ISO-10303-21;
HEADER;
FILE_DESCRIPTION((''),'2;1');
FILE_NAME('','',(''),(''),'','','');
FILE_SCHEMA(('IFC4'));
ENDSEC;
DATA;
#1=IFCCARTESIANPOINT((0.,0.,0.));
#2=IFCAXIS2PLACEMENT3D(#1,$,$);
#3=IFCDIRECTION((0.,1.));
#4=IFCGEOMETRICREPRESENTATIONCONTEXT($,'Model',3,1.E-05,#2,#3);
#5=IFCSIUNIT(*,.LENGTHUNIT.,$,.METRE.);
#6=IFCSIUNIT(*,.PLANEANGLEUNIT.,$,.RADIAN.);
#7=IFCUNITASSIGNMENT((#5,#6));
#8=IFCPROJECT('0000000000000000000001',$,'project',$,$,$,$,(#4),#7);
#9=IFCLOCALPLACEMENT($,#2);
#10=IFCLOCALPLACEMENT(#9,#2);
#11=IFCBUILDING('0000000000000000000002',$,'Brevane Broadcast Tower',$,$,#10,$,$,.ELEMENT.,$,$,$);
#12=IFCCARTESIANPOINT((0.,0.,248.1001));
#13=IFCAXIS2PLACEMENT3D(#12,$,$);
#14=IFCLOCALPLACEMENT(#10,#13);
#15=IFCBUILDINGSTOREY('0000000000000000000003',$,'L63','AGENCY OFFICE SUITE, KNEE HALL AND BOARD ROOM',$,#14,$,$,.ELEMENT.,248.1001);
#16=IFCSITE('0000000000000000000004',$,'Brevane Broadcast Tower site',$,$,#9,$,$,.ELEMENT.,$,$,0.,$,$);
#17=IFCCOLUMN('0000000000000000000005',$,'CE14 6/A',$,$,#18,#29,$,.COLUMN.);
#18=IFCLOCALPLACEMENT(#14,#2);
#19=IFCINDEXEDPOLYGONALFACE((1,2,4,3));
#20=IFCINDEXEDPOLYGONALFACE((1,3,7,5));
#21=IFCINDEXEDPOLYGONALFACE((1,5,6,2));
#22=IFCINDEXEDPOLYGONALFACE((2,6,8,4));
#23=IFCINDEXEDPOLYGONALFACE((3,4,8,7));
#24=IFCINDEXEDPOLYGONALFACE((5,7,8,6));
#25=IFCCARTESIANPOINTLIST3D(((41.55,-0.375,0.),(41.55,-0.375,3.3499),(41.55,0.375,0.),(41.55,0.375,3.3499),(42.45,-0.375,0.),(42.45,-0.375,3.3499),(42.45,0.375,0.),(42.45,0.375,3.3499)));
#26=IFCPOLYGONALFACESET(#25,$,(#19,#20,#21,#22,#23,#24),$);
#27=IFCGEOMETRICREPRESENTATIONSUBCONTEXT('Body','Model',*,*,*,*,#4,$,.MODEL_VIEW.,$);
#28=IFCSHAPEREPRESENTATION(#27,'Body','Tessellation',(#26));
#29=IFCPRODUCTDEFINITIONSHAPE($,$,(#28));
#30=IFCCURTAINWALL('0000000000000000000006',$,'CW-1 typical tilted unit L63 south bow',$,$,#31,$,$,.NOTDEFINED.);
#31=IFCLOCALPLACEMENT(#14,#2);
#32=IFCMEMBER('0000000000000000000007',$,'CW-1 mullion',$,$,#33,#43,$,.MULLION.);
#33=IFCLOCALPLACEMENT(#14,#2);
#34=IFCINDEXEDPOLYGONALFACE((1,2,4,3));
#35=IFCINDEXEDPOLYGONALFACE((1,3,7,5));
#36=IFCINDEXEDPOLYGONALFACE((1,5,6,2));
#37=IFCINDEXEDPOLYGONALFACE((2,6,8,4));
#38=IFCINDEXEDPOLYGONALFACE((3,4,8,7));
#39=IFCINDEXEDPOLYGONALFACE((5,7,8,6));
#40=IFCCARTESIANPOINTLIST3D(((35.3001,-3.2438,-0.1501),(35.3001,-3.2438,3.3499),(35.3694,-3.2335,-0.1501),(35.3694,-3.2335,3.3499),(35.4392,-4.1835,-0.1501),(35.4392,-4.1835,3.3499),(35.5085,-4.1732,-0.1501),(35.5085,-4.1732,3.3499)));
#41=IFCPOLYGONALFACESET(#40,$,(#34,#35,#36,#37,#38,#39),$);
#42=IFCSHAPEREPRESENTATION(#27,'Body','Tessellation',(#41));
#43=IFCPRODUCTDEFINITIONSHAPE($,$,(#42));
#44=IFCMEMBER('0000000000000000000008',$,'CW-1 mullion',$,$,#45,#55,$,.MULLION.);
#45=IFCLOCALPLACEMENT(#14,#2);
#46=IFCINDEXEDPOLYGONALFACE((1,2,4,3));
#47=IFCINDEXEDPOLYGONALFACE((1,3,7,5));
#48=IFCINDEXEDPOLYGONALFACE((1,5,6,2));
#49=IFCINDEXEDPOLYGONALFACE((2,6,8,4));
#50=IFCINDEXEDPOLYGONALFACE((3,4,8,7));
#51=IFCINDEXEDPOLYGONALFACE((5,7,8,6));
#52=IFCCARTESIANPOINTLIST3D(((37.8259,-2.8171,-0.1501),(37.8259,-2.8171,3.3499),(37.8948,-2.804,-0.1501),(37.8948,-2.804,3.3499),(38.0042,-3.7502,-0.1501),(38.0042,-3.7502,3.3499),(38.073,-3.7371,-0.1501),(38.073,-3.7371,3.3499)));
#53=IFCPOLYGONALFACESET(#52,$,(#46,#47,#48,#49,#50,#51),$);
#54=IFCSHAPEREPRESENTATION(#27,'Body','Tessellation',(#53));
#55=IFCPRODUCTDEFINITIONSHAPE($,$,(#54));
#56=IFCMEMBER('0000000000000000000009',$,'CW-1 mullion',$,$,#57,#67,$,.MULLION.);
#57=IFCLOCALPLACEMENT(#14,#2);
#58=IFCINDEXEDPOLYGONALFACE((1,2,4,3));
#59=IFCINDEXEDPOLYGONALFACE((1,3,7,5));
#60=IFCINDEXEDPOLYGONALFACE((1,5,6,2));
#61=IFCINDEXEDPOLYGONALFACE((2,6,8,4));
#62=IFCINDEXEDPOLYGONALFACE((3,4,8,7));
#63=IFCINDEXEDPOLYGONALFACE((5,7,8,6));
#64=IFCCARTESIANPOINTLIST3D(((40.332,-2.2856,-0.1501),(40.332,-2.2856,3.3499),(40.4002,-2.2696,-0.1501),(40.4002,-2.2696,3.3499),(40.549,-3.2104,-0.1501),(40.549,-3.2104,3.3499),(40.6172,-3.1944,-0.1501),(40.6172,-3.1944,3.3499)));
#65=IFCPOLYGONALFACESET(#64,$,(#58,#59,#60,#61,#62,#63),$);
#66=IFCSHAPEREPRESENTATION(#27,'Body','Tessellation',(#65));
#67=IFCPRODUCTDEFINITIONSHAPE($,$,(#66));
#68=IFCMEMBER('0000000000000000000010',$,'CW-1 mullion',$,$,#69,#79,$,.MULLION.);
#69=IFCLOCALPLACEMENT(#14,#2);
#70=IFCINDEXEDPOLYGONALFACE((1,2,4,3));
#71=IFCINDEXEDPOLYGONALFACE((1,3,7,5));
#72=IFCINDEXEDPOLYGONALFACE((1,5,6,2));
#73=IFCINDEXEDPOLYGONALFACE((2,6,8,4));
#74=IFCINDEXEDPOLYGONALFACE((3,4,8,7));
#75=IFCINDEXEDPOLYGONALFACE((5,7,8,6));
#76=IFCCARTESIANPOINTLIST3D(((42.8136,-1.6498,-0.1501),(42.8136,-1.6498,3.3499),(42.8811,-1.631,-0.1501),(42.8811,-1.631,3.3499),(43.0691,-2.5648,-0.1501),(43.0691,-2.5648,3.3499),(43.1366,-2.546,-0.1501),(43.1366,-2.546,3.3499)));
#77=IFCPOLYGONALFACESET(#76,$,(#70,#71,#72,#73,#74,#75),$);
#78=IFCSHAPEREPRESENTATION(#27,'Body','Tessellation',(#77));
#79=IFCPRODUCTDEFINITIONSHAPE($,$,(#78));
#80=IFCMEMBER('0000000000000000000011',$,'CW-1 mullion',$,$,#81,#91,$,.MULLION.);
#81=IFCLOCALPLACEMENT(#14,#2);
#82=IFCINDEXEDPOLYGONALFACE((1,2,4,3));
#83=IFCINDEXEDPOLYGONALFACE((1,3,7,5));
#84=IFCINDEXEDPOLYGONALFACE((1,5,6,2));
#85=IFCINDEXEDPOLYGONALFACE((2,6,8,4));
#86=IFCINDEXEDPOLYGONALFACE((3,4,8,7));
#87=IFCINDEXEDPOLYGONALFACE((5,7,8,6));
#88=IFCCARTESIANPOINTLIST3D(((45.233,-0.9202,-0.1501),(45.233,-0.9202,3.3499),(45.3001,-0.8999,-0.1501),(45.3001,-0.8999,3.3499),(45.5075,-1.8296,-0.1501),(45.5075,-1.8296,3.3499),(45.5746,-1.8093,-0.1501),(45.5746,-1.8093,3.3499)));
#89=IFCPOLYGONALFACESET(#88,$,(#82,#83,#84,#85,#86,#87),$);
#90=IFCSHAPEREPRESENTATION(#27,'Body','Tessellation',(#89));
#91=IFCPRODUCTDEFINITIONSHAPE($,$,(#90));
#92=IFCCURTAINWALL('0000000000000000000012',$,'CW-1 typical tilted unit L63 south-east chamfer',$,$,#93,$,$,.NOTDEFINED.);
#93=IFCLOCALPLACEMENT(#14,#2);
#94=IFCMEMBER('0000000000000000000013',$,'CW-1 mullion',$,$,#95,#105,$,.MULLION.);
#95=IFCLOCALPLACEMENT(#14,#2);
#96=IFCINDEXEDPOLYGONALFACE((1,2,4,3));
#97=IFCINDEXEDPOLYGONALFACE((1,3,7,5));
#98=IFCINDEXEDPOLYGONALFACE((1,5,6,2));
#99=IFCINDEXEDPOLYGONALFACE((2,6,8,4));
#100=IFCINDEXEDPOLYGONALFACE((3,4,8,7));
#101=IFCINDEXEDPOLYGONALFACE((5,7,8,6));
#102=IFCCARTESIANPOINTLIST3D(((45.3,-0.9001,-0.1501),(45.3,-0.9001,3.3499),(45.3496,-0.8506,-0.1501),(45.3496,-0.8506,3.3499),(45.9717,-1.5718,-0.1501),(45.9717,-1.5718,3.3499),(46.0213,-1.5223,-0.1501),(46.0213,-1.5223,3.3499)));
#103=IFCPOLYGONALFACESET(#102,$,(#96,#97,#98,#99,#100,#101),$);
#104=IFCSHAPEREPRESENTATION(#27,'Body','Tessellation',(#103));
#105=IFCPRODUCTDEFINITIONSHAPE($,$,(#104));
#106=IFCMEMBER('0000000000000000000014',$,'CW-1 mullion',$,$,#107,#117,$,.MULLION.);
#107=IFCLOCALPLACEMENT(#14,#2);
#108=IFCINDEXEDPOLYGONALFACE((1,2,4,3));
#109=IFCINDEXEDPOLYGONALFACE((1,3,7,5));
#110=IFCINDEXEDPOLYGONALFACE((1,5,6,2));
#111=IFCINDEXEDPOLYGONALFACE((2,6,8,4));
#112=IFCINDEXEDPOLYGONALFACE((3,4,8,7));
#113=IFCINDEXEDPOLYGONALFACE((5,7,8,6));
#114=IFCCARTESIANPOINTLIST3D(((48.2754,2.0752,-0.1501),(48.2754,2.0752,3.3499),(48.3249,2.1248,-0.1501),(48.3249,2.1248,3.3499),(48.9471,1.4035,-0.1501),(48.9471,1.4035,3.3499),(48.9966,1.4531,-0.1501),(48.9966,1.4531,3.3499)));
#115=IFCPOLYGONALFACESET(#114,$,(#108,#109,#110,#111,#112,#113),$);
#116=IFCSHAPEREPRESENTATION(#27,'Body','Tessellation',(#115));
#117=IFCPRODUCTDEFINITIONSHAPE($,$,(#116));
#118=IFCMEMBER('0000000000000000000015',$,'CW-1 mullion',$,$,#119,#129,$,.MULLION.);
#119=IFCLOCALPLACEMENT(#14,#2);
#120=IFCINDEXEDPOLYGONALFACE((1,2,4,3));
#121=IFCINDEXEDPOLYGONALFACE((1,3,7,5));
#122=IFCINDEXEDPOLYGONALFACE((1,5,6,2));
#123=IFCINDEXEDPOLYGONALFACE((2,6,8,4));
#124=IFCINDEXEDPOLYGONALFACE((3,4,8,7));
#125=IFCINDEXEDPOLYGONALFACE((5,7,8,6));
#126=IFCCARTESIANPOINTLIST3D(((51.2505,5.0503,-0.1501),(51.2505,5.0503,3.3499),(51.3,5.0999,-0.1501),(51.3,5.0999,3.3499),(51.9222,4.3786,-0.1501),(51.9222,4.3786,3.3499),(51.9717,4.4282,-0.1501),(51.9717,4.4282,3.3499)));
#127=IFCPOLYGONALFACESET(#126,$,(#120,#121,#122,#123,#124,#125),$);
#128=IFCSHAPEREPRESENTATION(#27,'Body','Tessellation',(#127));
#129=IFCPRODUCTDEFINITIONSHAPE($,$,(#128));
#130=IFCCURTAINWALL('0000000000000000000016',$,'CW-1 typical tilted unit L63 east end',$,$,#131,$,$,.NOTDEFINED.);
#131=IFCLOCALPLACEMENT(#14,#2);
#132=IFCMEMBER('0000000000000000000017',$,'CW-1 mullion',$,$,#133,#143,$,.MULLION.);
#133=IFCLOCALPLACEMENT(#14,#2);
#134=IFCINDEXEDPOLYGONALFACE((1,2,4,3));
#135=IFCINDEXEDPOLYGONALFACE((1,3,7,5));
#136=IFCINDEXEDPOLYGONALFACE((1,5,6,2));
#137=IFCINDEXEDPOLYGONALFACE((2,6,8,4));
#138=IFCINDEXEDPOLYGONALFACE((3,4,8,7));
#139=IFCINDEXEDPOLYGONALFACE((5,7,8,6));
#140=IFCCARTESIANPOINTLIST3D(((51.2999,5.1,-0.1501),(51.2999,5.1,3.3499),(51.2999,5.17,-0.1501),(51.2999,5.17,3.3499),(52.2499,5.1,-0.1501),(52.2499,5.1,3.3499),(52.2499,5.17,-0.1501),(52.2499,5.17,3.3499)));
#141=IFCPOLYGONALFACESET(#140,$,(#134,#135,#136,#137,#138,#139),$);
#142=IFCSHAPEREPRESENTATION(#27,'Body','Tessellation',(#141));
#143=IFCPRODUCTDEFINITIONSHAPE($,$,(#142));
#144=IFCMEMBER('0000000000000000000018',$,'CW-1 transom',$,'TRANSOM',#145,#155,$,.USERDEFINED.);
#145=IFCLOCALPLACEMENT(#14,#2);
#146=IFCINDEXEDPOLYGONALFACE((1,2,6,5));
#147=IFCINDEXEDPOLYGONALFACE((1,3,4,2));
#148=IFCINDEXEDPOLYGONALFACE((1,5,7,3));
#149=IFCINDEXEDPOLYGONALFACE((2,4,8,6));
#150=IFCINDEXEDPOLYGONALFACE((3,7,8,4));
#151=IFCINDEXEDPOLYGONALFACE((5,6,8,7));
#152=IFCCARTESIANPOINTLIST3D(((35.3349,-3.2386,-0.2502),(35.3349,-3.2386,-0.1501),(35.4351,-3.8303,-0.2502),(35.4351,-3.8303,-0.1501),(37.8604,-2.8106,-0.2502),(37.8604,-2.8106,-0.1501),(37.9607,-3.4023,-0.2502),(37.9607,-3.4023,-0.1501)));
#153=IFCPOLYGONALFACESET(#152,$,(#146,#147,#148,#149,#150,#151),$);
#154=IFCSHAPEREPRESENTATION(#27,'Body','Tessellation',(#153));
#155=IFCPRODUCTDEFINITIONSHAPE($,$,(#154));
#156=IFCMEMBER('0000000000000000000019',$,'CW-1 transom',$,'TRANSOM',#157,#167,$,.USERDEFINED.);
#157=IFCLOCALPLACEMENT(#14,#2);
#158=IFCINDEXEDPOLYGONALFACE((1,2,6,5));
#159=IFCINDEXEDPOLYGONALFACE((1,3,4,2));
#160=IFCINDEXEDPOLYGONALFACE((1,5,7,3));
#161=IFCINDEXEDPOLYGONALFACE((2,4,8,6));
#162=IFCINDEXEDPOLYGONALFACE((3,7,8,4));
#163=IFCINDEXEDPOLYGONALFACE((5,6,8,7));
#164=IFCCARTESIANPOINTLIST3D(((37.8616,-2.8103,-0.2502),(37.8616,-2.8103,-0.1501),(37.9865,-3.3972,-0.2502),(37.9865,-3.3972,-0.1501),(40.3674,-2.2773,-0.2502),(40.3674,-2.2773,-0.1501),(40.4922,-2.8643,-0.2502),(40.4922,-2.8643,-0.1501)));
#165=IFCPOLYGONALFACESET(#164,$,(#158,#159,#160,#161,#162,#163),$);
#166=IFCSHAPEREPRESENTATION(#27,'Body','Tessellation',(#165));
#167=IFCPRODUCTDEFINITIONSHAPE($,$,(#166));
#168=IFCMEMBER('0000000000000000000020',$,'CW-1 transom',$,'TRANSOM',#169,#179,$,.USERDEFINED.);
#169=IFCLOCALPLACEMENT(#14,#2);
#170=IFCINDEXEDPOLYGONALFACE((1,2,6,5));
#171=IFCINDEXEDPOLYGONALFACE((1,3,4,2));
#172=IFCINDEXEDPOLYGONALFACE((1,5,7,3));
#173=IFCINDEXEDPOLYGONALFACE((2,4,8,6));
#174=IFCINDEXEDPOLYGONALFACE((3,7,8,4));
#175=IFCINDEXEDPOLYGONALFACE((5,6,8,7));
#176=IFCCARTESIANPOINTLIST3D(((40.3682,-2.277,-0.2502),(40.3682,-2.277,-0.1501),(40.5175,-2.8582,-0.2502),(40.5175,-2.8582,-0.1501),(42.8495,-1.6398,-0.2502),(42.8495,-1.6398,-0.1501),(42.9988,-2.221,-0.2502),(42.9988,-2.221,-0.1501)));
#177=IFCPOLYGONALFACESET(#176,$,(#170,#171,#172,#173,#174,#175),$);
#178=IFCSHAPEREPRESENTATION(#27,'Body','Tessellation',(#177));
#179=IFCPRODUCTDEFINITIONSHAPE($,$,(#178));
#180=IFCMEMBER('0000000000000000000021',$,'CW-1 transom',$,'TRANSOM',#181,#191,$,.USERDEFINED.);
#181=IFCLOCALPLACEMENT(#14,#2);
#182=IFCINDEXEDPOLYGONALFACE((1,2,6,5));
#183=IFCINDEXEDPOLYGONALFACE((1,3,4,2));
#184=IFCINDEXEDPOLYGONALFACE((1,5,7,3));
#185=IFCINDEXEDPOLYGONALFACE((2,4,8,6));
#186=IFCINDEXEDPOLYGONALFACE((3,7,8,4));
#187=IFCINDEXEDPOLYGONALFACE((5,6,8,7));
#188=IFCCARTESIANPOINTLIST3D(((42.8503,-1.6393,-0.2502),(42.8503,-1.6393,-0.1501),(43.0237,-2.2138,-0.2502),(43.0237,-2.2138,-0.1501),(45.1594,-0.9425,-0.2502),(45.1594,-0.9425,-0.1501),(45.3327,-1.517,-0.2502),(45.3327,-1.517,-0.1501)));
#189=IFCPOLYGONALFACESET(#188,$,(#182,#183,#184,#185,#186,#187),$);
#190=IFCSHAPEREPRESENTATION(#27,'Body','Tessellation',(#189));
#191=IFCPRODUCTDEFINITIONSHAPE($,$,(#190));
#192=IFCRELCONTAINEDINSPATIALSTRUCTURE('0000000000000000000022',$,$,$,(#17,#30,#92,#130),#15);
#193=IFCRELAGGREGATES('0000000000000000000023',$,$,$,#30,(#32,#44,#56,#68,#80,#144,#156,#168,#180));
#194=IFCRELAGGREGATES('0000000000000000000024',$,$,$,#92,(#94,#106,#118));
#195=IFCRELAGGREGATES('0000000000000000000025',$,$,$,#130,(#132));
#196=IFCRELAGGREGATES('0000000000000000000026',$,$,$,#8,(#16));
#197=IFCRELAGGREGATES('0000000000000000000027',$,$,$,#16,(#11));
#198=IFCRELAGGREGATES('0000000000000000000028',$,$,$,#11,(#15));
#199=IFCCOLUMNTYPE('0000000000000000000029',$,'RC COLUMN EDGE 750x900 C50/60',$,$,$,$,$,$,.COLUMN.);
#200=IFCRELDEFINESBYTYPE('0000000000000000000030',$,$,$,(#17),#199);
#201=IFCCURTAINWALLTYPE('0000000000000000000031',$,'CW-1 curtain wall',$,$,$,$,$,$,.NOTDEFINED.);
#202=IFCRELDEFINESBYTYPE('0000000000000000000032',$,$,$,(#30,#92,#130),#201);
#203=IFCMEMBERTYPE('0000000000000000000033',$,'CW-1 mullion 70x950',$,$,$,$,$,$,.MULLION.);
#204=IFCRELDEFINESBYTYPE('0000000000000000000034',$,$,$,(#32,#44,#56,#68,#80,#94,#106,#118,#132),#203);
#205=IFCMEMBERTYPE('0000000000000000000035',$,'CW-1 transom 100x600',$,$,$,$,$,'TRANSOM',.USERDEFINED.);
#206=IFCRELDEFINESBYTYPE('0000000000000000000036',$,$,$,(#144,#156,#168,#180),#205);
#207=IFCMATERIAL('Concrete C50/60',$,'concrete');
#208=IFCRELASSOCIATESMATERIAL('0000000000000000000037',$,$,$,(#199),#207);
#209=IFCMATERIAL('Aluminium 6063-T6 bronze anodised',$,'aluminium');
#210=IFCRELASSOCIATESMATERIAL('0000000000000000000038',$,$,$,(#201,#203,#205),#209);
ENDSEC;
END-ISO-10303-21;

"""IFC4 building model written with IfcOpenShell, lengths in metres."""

from ifc_helpers import new_model, si_unit, direction, frame, origin, origin_2d, place, context, subcontext, project, spatial, rectangle, extrude, material, material_profile, profile_set, type_object, element, aggregate, save


model = new_model("IFC4")

# Units and contexts
model_context = context("Model", 3, precision=1e-05, world=origin(), true_north=direction((0.0, 1.0)))
body_context = subcontext(model_context, "Body", "Model", "MODEL_VIEW")
ifc_project = project(units=[si_unit("LENGTHUNIT", "METRE"), si_unit("PLANEANGLEUNIT", "RADIAN")], contexts=[model_context])

# Site, building, storey
site_placement = place(None, origin())
site = spatial("IfcSite", under=ifc_project, at=site_placement, Name="Brevane Broadcast Tower site", CompositionType="ELEMENT", RefElevation=0.0)
building_placement = place(site_placement, origin())
building = spatial("IfcBuilding", under=site, at=building_placement, Name="Brevane Broadcast Tower", CompositionType="ELEMENT")
storey_placement = place(building_placement, frame((0.0, 0.0, 248.1001)))
storey = spatial("IfcBuildingStorey", under=building, at=storey_placement, Name="L63", Description="AGENCY OFFICE SUITE, KNEE HALL AND BOARD ROOM", CompositionType="ELEMENT", Elevation=248.1001)

# Column
ifc_material_1 = material(Name="Concrete C50/60", Category="concrete")
ifc_material_profile_1 = material_profile(ifc_material_1, rectangle(XDim=0.75, YDim=0.8999, at=origin_2d()), Name="RC 750x900")
ifc_profile_set_1 = profile_set([ifc_material_profile_1], Name="Concrete C50/60")
column_type = type_object("IfcColumnType", Name="RC COLUMN EDGE 750x900 C50/60", PredefinedType="COLUMN", material=ifc_profile_set_1)
column_placement = place(storey_placement, frame((42.0, 0.0, 0.0), z_axis=(0.0, 0.0, 1.0), x_axis=(0.0, 1.0, 0.0)))
element("IfcColumn", 1, at=column_placement, inside=storey, type_object=column_type, Name="CE14 6/A", PredefinedType="COLUMN", context=body_context, shape_type="SweptSolid", body=[
    extrude(rectangle(XDim=0.75, YDim=0.8999, at=origin_2d()), origin(), (0.0, 0.0, 1.0), 3.3499),
])

# Curtain walls, members
ifc_material_2 = material(Name="Aluminium 6063-T6 bronze anodised", Category="aluminium")
curtain_wall_type = type_object("IfcCurtainWallType", Name="CW-1 curtain wall", PredefinedType="NOTDEFINED", material=ifc_material_2)
curtain_wall_1_placement = place(storey_placement, origin())
curtain_wall_1 = element("IfcCurtainWall", 2, at=curtain_wall_1_placement, inside=storey, type_object=curtain_wall_type, Name="CW-1 typical tilted unit L63 south bow", PredefinedType="NOTDEFINED")
ifc_material_profile_2 = material_profile(ifc_material_2, rectangle(XDim=0.95, YDim=0.0701, at=origin_2d()), Name="RECT 70x950")
ifc_profile_set_2 = profile_set([ifc_material_profile_2], Name="Aluminium 6063-T6 bronze anodised")
member_type_1 = type_object("IfcMemberType", Name="CW-1 mullion 70x950", PredefinedType="MULLION", material=ifc_profile_set_2)
member_1_placement = place(storey_placement, frame((35.4043, -3.7085, -0.1501), z_axis=(0.0, 0.0, 1.0), x_axis=(-0.146447, 0.989218, 0.0)))
member_1 = element("IfcMember", 3, at=member_1_placement, type_object=member_type_1, Name="CW-1 mullion", PredefinedType="MULLION", context=body_context, shape_type="SweptSolid", body=[
    extrude(rectangle(XDim=0.95, YDim=0.0701, at=origin_2d()), origin(), (0.0, 0.0, 1.0), 3.5),
])
member_2_placement = place(storey_placement, frame((37.9495, -3.2771, -0.1501), z_axis=(0.0, 0.0, 1.0), x_axis=(-0.187621, 0.982242, 0.0)))
member_2 = element("IfcMember", 4, at=member_2_placement, type_object=member_type_1, Name="CW-1 mullion", PredefinedType="MULLION", context=body_context, shape_type="SweptSolid", body=[
    extrude(rectangle(XDim=0.95, YDim=0.0701, at=origin_2d()), origin(), (0.0, 0.0, 1.0), 3.5),
])
member_3_placement = place(storey_placement, frame((40.4746, -2.74, -0.1501), z_axis=(0.0, 0.0, 1.0), x_axis=(-0.228467, 0.973552, 0.0)))
member_3 = element("IfcMember", 5, at=member_3_placement, type_object=member_type_1, Name="CW-1 mullion", PredefinedType="MULLION", context=body_context, shape_type="SweptSolid", body=[
    extrude(rectangle(XDim=0.95, YDim=0.0701, at=origin_2d()), origin(), (0.0, 0.0, 1.0), 3.5),
])
member_4_placement = place(storey_placement, frame((42.9751, -2.0979, -0.1501), z_axis=(0.0, 0.0, 1.0), x_axis=(-0.268916, 0.963164, 0.0)))
member_4 = element("IfcMember", 6, at=member_4_placement, type_object=member_type_1, Name="CW-1 mullion", PredefinedType="MULLION", context=body_context, shape_type="SweptSolid", body=[
    extrude(rectangle(XDim=0.95, YDim=0.0701, at=origin_2d()), origin(), (0.0, 0.0, 1.0), 3.5),
])
member_5_placement = place(storey_placement, frame((45.4038, -1.3647, -0.1501), z_axis=(0.0, 0.0, 1.0), x_axis=(-0.288968, 0.957339, 0.0)))
member_5 = element("IfcMember", 7, at=member_5_placement, type_object=member_type_1, Name="CW-1 mullion", PredefinedType="MULLION", context=body_context, shape_type="SweptSolid", body=[
    extrude(rectangle(XDim=0.95, YDim=0.0701, at=origin_2d()), origin(), (0.0, 0.0, 1.0), 3.5),
])
curtain_wall_2_placement = place(storey_placement, origin())
curtain_wall_2 = element("IfcCurtainWall", 8, at=curtain_wall_2_placement, inside=storey, type_object=curtain_wall_type, Name="CW-1 typical tilted unit L63 south-east chamfer", PredefinedType="NOTDEFINED")
member_6_placement = place(storey_placement, frame((45.6606, -1.2112, -0.1501), z_axis=(0.0, 0.0, 1.0), x_axis=(-0.707107, 0.707107, 0.0)))
member_6 = element("IfcMember", 9, at=member_6_placement, type_object=member_type_1, Name="CW-1 mullion", PredefinedType="MULLION", context=body_context, shape_type="SweptSolid", body=[
    extrude(rectangle(XDim=0.95, YDim=0.0701, at=origin_2d()), origin(), (0.0, 0.0, 1.0), 3.5),
])
member_7_placement = place(storey_placement, frame((48.636, 1.7642, -0.1501), z_axis=(0.0, 0.0, 1.0), x_axis=(-0.707107, 0.707107, 0.0)))
member_7 = element("IfcMember", 10, at=member_7_placement, type_object=member_type_1, Name="CW-1 mullion", PredefinedType="MULLION", context=body_context, shape_type="SweptSolid", body=[
    extrude(rectangle(XDim=0.95, YDim=0.0701, at=origin_2d()), origin(), (0.0, 0.0, 1.0), 3.5),
])
member_8_placement = place(storey_placement, frame((51.6111, 4.7393, -0.1501), z_axis=(0.0, 0.0, 1.0), x_axis=(-0.707107, 0.707107, 0.0)))
member_8 = element("IfcMember", 11, at=member_8_placement, type_object=member_type_1, Name="CW-1 mullion", PredefinedType="MULLION", context=body_context, shape_type="SweptSolid", body=[
    extrude(rectangle(XDim=0.95, YDim=0.0701, at=origin_2d()), origin(), (0.0, 0.0, 1.0), 3.5),
])

# Curtain wall, member
curtain_wall_3_placement = place(storey_placement, origin())
curtain_wall_3 = element("IfcCurtainWall", 12, at=curtain_wall_3_placement, inside=storey, type_object=curtain_wall_type, Name="CW-1 typical tilted unit L63 east end", PredefinedType="NOTDEFINED")
member_9_placement = place(storey_placement, frame((51.7749, 5.135, -0.1501), z_axis=(0.0, 0.0, 1.0), x_axis=(-1.0, 0.0, 0.0)))
member_9 = element("IfcMember", 13, at=member_9_placement, type_object=member_type_1, Name="CW-1 mullion", PredefinedType="MULLION", context=body_context, shape_type="SweptSolid", body=[
    extrude(rectangle(XDim=0.95, YDim=0.0701, at=origin_2d()), origin(), (0.0, 0.0, 1.0), 3.5),
])

# Members
ifc_material_profile_3 = material_profile(ifc_material_2, rectangle(XDim=0.6001, YDim=0.1001, at=origin_2d()), Name="RECT 100x600")
ifc_profile_set_3 = profile_set([ifc_material_profile_3], Name="Aluminium 6063-T6 bronze anodised")
member_type_2 = type_object("IfcMemberType", Name="CW-1 transom 100x600", ElementType="TRANSOM", PredefinedType="USERDEFINED", material=ifc_profile_set_3)
member_10_placement = place(storey_placement, frame((35.385, -3.5344, -0.2002), z_axis=(0.985945, 0.167072, 0.0), x_axis=(-0.167072, 0.985945, 0.0)))
member_10 = element("IfcMember", 14, at=member_10_placement, type_object=member_type_2, Name="CW-1 transom", ObjectType="TRANSOM", PredefinedType="USERDEFINED", context=body_context, shape_type="SweptSolid", body=[
    extrude(rectangle(XDim=0.6001, YDim=0.1001, at=origin_2d()), origin(), (0.0, 0.0, 1.0), 2.5615),
])
member_11_placement = place(storey_placement, frame((37.9241, -3.1038, -0.2002), z_axis=(0.978118, 0.208051, 0.0), x_axis=(-0.208051, 0.978118, 0.0)))
member_11 = element("IfcMember", 15, at=member_11_placement, type_object=member_type_2, Name="CW-1 transom", ObjectType="TRANSOM", PredefinedType="USERDEFINED", context=body_context, shape_type="SweptSolid", body=[
    extrude(rectangle(XDim=0.6001, YDim=0.1001, at=origin_2d()), origin(), (0.0, 0.0, 1.0), 2.5618),
])
member_12_placement = place(storey_placement, frame((40.4429, -2.5676, -0.2002), z_axis=(0.96857, 0.248742, 0.0), x_axis=(-0.248742, 0.96857, 0.0)))
member_12 = element("IfcMember", 16, at=member_12_placement, type_object=member_type_2, Name="CW-1 transom", ObjectType="TRANSOM", PredefinedType="USERDEFINED", context=body_context, shape_type="SweptSolid", body=[
    extrude(rectangle(XDim=0.6001, YDim=0.1001, at=origin_2d()), origin(), (0.0, 0.0, 1.0), 2.5618),
])
member_13_placement = place(storey_placement, frame((42.937, -1.9265, -0.2002), z_axis=(0.957363, 0.288889, 0.0), x_axis=(-0.288889, 0.957363, 0.0)))
member_13 = element("IfcMember", 17, at=member_13_placement, type_object=member_type_2, Name="CW-1 transom", ObjectType="TRANSOM", PredefinedType="USERDEFINED", context=body_context, shape_type="SweptSolid", body=[
    extrude(rectangle(XDim=0.6001, YDim=0.1001, at=origin_2d()), origin(), (0.0, 0.0, 1.0), 2.4119),
])
aggregate(curtain_wall_1, [member_1, member_2, member_3, member_4, member_5, member_10, member_11, member_12, member_13])
aggregate(curtain_wall_2, [member_6, member_7, member_8])
aggregate(curtain_wall_3, [member_9])

save(model, "model.ifc")
